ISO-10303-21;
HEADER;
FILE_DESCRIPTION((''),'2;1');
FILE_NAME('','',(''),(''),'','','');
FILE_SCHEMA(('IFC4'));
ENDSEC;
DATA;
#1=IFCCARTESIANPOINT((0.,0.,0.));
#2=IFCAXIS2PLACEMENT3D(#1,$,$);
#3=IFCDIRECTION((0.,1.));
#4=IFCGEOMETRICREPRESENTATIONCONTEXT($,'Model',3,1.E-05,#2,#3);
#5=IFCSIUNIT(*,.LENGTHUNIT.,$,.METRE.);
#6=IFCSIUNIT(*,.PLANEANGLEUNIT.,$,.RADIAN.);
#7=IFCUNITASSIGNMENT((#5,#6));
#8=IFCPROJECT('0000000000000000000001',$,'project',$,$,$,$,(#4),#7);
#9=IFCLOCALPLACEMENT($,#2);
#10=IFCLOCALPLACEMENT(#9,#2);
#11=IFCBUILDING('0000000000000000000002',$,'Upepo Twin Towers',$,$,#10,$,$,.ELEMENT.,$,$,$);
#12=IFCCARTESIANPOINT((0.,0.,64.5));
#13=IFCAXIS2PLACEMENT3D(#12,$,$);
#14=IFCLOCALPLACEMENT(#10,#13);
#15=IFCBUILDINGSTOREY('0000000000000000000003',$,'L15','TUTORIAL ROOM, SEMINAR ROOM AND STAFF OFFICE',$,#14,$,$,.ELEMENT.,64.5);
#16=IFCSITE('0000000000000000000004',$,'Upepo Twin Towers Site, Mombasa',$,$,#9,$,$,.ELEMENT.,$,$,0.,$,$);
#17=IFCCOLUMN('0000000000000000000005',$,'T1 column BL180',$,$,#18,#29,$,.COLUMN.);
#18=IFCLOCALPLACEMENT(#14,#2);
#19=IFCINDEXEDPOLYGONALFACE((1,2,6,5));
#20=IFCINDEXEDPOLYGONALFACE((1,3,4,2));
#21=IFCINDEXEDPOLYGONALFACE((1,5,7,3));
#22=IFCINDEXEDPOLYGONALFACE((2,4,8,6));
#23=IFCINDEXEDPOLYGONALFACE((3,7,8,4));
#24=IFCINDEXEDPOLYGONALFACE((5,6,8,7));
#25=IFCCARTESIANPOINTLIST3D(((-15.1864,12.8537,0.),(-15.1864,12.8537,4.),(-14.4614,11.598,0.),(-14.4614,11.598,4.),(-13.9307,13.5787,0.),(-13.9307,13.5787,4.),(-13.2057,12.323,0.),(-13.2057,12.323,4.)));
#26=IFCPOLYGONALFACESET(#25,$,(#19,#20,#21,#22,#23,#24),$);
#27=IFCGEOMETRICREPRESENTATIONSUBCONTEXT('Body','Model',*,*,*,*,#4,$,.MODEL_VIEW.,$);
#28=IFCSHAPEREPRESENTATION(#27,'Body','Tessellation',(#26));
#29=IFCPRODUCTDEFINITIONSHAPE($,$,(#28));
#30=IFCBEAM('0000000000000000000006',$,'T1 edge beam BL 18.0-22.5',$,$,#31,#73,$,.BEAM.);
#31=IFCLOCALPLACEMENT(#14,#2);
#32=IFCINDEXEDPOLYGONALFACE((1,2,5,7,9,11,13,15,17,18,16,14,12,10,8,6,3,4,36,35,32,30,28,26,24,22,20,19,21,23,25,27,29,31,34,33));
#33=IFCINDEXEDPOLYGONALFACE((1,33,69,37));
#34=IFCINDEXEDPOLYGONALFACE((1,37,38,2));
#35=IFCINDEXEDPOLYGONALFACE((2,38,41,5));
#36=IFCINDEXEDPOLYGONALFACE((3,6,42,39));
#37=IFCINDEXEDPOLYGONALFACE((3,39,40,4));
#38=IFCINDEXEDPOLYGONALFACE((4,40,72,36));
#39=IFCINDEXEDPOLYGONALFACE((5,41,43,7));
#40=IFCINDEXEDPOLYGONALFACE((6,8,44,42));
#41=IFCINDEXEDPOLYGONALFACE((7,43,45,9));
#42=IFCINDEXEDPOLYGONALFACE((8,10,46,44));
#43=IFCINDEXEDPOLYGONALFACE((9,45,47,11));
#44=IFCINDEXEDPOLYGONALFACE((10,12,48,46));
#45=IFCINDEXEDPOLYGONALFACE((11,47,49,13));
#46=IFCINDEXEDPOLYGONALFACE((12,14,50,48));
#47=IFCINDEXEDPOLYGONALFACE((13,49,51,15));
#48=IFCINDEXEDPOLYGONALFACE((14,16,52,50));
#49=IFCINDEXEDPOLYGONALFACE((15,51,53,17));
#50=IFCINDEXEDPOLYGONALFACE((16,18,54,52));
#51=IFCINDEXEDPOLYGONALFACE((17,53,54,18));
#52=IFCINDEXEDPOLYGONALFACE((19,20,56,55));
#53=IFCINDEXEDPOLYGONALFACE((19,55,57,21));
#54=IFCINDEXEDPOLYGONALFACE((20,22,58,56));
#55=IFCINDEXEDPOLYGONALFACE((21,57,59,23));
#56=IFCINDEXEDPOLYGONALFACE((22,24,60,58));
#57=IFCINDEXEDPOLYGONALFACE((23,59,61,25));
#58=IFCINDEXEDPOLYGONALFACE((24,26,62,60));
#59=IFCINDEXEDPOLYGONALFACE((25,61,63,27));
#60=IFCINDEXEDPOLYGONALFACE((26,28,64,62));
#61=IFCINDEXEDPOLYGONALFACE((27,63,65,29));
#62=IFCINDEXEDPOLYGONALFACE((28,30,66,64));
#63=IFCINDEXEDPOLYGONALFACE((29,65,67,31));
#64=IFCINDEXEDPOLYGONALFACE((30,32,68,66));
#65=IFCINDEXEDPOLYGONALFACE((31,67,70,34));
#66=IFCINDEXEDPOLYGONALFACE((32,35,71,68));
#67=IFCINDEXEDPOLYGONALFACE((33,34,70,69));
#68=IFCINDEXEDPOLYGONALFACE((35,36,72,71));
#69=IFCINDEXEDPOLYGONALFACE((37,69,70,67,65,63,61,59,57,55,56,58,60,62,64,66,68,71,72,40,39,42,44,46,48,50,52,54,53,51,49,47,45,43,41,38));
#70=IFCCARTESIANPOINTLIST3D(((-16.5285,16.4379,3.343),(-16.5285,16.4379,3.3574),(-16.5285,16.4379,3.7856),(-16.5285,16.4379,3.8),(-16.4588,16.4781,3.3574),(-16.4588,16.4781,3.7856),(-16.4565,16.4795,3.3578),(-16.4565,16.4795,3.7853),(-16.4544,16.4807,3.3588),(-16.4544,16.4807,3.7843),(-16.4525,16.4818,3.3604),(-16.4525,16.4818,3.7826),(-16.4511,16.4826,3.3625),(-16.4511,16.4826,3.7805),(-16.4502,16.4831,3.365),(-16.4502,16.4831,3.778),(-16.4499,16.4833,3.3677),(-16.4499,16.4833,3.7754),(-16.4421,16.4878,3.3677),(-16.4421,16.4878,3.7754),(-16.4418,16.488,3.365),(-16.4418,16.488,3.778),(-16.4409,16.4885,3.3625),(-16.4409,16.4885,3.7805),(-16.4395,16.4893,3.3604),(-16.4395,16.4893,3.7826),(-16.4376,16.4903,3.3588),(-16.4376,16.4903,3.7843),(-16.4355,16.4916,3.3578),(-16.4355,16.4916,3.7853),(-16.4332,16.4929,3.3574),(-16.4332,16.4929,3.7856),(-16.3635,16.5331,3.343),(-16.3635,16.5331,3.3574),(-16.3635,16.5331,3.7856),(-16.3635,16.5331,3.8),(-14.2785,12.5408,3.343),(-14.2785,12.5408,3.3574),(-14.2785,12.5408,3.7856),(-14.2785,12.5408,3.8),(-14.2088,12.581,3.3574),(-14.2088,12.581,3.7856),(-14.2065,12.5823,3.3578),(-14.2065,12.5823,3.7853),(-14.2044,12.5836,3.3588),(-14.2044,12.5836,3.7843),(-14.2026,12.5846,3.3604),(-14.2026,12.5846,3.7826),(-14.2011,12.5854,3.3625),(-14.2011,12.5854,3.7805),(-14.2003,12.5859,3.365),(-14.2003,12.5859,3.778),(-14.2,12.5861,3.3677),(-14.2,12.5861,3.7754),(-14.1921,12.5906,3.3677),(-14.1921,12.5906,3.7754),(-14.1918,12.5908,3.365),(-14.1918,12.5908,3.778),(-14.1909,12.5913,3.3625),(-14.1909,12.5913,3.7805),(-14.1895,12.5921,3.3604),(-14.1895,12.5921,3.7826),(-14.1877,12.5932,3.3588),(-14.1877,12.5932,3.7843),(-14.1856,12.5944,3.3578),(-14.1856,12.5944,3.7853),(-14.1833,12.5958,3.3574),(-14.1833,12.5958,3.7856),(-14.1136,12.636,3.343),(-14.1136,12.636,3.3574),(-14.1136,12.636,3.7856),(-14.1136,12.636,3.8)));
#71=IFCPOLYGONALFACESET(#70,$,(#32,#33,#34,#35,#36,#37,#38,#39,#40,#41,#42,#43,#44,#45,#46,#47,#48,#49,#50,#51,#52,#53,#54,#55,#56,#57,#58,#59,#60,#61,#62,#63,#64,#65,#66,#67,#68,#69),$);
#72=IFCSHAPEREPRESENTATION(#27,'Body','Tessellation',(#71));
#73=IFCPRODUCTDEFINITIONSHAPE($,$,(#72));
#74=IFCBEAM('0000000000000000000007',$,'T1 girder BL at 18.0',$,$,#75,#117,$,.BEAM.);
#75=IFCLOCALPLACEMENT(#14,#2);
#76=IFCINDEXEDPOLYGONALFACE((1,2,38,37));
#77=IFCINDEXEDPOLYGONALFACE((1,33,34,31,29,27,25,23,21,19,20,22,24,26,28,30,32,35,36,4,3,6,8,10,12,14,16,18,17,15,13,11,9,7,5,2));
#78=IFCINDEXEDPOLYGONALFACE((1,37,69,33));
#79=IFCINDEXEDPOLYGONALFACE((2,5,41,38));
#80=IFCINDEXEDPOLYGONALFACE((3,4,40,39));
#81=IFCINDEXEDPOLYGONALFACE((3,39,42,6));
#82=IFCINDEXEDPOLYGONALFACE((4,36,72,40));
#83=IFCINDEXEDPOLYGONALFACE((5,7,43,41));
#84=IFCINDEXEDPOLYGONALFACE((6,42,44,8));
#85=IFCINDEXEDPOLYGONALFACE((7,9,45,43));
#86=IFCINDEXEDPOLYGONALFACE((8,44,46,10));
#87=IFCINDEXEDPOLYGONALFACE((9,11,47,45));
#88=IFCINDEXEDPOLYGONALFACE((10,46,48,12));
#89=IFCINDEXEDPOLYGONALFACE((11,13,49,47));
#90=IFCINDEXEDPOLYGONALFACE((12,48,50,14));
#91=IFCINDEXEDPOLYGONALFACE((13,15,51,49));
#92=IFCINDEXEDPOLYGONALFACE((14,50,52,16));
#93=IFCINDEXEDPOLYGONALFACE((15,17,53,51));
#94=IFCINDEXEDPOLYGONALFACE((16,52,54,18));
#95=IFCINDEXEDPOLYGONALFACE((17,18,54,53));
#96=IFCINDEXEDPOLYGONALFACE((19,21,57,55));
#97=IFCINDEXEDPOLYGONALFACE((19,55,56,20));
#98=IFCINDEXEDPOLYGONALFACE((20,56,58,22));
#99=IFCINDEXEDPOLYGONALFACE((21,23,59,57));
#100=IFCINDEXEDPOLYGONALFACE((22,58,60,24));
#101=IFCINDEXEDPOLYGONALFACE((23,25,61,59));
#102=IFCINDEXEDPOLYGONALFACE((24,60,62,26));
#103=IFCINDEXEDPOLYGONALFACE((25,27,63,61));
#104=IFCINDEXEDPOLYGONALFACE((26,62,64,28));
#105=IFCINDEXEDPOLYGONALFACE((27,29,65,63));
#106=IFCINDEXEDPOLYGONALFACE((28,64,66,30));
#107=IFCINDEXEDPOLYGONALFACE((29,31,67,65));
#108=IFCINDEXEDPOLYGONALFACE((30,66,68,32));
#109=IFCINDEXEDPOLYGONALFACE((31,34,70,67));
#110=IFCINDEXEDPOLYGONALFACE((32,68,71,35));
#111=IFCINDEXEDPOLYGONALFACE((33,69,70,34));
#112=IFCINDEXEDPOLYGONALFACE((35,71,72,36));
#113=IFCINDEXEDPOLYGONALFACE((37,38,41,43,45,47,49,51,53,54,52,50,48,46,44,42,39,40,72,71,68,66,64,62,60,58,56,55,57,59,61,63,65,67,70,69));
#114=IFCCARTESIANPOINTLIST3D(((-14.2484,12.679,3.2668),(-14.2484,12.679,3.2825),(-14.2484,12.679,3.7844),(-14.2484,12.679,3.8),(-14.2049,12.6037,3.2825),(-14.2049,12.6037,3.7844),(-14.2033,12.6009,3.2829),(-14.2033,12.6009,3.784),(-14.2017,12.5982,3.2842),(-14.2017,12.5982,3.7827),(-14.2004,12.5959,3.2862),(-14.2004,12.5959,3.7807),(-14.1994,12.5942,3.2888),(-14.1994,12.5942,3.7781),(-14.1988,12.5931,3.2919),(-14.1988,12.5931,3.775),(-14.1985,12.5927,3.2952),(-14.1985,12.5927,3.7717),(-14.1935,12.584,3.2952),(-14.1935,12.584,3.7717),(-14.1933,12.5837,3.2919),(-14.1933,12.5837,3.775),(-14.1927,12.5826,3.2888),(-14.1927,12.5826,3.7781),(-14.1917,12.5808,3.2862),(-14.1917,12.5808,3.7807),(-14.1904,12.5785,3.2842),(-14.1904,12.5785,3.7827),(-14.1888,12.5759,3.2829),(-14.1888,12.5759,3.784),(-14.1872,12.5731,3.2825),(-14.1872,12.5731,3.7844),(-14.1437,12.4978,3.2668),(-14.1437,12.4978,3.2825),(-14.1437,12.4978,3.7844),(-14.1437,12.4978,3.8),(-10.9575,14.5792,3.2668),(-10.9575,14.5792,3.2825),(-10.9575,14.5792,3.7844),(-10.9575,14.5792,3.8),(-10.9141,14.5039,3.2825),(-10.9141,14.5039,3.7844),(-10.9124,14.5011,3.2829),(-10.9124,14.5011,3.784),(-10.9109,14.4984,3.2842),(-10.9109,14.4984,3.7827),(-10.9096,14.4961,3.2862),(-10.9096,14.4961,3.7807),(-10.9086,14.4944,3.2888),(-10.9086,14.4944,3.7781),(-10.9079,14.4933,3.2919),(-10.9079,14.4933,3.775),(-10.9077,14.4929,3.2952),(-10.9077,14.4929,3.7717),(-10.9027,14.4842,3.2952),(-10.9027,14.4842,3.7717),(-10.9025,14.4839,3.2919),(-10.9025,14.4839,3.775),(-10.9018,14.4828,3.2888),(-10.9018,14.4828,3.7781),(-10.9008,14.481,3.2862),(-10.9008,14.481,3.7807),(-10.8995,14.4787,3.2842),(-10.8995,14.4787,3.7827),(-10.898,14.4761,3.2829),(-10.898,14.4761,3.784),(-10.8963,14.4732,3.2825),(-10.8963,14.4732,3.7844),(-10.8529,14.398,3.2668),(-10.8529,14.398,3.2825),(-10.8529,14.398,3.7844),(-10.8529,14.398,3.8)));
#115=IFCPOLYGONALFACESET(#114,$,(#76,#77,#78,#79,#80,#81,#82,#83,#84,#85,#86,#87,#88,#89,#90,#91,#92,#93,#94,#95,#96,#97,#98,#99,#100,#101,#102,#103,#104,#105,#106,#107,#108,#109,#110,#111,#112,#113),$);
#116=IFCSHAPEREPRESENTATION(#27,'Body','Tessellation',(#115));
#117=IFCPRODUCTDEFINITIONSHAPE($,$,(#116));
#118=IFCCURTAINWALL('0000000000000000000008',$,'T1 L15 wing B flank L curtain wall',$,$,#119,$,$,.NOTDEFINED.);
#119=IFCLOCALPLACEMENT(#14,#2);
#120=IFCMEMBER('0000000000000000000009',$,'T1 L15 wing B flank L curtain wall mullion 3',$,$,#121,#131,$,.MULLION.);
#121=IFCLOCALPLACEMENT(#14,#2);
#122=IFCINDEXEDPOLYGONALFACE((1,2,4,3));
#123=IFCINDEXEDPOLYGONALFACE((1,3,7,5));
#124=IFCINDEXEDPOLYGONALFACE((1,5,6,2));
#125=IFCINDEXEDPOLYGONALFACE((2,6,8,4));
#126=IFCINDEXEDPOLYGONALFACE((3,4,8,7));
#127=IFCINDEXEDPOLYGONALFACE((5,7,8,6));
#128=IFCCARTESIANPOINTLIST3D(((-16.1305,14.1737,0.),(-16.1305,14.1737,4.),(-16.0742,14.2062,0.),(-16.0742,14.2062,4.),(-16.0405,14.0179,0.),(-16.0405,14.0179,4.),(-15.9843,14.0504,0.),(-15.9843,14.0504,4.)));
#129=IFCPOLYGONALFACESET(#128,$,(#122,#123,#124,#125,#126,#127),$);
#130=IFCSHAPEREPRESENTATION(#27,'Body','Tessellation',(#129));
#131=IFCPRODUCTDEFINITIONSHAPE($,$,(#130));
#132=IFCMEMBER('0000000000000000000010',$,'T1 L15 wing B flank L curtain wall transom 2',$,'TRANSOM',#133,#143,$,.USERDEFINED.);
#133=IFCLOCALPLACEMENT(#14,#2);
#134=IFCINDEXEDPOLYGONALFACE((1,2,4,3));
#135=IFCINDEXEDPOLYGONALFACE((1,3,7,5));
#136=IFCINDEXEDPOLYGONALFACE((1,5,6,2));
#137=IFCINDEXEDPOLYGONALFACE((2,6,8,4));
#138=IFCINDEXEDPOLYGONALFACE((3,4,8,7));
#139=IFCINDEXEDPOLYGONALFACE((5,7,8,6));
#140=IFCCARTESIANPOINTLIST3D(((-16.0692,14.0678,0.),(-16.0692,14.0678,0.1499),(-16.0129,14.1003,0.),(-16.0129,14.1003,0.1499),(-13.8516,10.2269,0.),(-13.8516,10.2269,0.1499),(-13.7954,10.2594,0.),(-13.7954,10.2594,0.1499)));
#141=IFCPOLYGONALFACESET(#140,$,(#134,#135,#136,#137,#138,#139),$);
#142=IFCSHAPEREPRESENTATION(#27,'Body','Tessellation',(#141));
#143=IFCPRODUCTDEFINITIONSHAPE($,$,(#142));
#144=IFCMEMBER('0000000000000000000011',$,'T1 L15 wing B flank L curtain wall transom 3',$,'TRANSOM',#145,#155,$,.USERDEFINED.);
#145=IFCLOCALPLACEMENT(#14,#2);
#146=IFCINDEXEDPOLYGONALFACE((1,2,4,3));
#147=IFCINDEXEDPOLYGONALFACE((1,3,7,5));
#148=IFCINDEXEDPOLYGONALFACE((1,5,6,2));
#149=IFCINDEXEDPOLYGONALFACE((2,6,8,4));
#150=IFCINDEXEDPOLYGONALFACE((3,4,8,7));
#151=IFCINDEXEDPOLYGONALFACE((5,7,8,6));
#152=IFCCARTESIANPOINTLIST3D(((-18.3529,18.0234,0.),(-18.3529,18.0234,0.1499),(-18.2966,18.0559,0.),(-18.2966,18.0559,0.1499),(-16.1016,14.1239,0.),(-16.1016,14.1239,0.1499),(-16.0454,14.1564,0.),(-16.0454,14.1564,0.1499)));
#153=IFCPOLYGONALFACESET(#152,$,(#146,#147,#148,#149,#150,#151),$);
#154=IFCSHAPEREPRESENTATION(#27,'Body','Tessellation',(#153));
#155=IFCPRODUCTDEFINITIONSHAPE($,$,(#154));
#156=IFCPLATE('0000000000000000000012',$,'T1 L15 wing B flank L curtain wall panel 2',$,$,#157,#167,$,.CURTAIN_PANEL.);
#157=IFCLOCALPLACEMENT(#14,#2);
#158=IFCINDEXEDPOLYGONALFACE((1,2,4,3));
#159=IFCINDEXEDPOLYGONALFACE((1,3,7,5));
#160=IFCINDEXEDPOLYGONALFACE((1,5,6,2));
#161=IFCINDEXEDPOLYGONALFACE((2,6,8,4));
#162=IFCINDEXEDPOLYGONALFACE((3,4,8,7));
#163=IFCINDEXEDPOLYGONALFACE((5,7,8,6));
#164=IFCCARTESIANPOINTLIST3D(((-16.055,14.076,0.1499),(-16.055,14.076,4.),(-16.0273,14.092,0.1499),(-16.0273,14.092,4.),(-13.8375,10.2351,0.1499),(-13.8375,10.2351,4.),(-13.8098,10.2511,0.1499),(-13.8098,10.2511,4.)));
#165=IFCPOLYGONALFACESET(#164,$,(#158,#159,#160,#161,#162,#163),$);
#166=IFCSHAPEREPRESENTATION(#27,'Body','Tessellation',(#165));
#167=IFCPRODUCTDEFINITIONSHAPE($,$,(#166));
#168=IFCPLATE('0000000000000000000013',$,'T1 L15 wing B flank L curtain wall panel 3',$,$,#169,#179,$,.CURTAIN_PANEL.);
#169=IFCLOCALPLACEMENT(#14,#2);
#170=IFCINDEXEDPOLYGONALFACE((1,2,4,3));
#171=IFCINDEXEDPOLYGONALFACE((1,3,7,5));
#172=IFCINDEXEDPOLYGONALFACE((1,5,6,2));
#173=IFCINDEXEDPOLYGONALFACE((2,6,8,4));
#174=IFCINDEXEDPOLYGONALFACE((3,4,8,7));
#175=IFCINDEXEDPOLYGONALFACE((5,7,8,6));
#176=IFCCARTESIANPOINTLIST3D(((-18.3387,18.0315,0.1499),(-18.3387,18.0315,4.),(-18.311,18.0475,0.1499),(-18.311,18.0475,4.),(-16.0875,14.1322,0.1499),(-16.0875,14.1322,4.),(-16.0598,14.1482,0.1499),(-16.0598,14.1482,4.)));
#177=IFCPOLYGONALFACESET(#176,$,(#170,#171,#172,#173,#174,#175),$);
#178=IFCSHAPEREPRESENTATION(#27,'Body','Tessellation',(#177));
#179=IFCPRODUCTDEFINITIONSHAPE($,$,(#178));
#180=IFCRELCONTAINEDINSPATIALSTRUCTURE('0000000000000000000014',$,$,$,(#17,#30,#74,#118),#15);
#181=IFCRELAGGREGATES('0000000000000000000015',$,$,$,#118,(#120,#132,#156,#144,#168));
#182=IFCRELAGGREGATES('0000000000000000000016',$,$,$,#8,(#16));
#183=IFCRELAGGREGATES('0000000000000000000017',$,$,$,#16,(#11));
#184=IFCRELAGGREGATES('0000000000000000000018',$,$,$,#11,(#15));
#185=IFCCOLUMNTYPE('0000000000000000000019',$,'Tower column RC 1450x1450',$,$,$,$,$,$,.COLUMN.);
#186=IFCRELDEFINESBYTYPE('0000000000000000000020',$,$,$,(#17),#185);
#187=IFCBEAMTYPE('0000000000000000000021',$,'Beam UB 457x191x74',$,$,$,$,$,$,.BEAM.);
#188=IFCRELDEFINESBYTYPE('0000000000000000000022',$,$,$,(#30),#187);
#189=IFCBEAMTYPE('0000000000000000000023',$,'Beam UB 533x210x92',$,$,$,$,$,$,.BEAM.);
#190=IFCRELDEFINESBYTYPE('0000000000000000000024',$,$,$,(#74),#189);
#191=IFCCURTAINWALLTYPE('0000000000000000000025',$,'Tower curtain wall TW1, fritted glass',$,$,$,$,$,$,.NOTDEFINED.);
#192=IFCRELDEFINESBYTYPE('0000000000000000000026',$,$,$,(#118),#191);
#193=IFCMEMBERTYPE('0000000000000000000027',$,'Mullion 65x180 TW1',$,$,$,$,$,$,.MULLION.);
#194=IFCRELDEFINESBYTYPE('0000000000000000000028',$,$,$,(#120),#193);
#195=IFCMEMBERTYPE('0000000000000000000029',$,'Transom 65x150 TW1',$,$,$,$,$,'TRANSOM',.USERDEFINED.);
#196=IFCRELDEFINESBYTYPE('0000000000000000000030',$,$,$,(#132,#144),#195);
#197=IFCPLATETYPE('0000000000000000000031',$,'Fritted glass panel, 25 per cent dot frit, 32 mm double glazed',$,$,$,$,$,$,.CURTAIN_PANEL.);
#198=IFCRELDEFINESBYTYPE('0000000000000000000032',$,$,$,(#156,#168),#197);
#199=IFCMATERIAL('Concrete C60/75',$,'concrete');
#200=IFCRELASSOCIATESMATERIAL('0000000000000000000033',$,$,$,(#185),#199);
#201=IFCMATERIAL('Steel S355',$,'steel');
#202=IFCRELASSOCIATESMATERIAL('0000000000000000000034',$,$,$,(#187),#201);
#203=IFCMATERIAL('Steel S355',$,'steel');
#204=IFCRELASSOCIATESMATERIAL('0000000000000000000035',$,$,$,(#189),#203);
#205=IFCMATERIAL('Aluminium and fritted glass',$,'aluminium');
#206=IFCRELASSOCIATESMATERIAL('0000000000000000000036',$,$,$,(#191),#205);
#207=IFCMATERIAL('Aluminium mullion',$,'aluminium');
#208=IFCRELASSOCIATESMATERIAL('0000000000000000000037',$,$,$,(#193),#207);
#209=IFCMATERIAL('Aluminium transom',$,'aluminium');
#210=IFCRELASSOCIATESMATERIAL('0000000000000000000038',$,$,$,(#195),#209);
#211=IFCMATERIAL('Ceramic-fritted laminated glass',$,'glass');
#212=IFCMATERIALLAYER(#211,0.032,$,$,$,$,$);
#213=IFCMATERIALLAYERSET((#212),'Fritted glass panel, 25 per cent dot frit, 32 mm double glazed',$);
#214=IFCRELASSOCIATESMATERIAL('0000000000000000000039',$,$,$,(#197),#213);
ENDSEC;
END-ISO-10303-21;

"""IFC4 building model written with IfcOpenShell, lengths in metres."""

from ifc_helpers import new_model, si_unit, direction, frame, origin, origin_2d, place, context, subcontext, project, spatial, rectangle, i_section, extrude, material, layer, layer_set, material_profile, profile_set, type_object, element, aggregate, save


model = new_model("IFC4")

# Units and contexts
model_context = context("Model", 3, precision=1e-05, world=origin(), true_north=direction((0.0, 1.0)))
body_context = subcontext(model_context, "Body", "Model", "MODEL_VIEW")
ifc_project = project(units=[si_unit("LENGTHUNIT", "METRE"), si_unit("PLANEANGLEUNIT", "RADIAN")], contexts=[model_context])

# Site, building, storey
site_placement = place(None, origin())
site = spatial("IfcSite", under=ifc_project, at=site_placement, Name="Upepo Twin Towers Site, Mombasa", CompositionType="ELEMENT", RefElevation=0.0)
building_placement = place(site_placement, origin())
building = spatial("IfcBuilding", under=site, at=building_placement, Name="Upepo Twin Towers", CompositionType="ELEMENT")
storey_placement = place(building_placement, frame((0.0, 0.0, 64.5)))
storey = spatial("IfcBuildingStorey", under=building, at=storey_placement, Name="L15", Description="TUTORIAL ROOM, SEMINAR ROOM AND STAFF OFFICE", CompositionType="ELEMENT", Elevation=64.5)

# Column
ifc_material_1 = material(Name="Concrete C60/75", Category="concrete")
ifc_material_profile_1 = material_profile(ifc_material_1, rectangle(XDim=1.45, YDim=1.45, at=origin_2d()), Name="RC 1450x1450")
ifc_profile_set_1 = profile_set([ifc_material_profile_1], Name="Concrete C60/75")
column_type = type_object("IfcColumnType", Name="Tower column RC 1450x1450", PredefinedType="COLUMN", material=ifc_profile_set_1)
column_placement = place(storey_placement, frame((-14.196, 12.5884, 0.0), z_axis=(0.0, 0.0, 1.0), x_axis=(0.866025, 0.5, 0.0)))
element("IfcColumn", 1, at=column_placement, inside=storey, type_object=column_type, Name="T1 column BL180", PredefinedType="COLUMN", context=body_context, shape_type="SweptSolid", body=[
    extrude(rectangle(XDim=1.45, YDim=1.45, at=origin_2d()), origin(), (0.0, 0.0, 1.0), 4.0),
])

# Beams
ifc_material_2 = material(Name="Steel S355", Category="steel")
ifc_material_profile_2 = material_profile(ifc_material_2, i_section(OverallWidth=0.1904, OverallDepth=0.457, WebThickness=0.009, FlangeThickness=0.0144, FilletRadius=0.0103, at=origin_2d()), Name="UB 457x191x74")
ifc_profile_set_2 = profile_set([ifc_material_profile_2], Name="Steel S355")
beam_type_1 = type_object("IfcBeamType", Name="Beam UB 457x191x74", PredefinedType="BEAM", material=ifc_profile_set_2)
beam_1_placement = place(storey_placement, frame((-14.196, 12.5884, 3.5715), z_axis=(-0.49999, 0.866031, 0.0), x_axis=(-0.866031, -0.49999, 0.0)))
element("IfcBeam", 2, at=beam_1_placement, inside=storey, type_object=beam_type_1, Name="T1 edge beam BL 18.0-22.5", PredefinedType="BEAM", context=body_context, shape_type="SweptSolid", body=[
    extrude(i_section(OverallWidth=0.1904, OverallDepth=0.457, WebThickness=0.009, FlangeThickness=0.0144, FilletRadius=0.0103, at=origin_2d()), origin(), (0.0, 0.0, 1.0), 4.5),
])
ifc_material_3 = material(Name="Steel S355", Category="steel")
ifc_material_profile_3 = material_profile(ifc_material_3, i_section(OverallWidth=0.2092, OverallDepth=0.5332, WebThickness=0.01, FlangeThickness=0.0156, FilletRadius=0.0127, at=origin_2d()), Name="UB 533x210x92")
ifc_profile_set_3 = profile_set([ifc_material_profile_3], Name="Steel S355")
beam_type_2 = type_object("IfcBeamType", Name="Beam UB 533x210x92", PredefinedType="BEAM", material=ifc_profile_set_3)
beam_2_placement = place(storey_placement, frame((-14.196, 12.5884, 3.5334), z_axis=(0.866, 0.500043, 0.0), x_axis=(-0.500043, 0.866, 0.0)))
element("IfcBeam", 3, at=beam_2_placement, inside=storey, type_object=beam_type_2, Name="T1 girder BL at 18.0", PredefinedType="BEAM", context=body_context, shape_type="SweptSolid", body=[
    extrude(i_section(OverallWidth=0.2092, OverallDepth=0.5332, WebThickness=0.01, FlangeThickness=0.0156, FilletRadius=0.0127, at=origin_2d()), origin(), (0.0, 0.0, 1.0), 3.8),
])

# Curtain wall, members, plates
ifc_material_4 = material(Name="Aluminium and fritted glass", Category="aluminium")
curtain_wall_type = type_object("IfcCurtainWallType", Name="Tower curtain wall TW1, fritted glass", PredefinedType="NOTDEFINED", material=ifc_material_4)
curtain_wall_placement = place(storey_placement, origin())
curtain_wall = element("IfcCurtainWall", 4, at=curtain_wall_placement, inside=storey, type_object=curtain_wall_type, Name="T1 L15 wing B flank L curtain wall", PredefinedType="NOTDEFINED")
ifc_material_5 = material(Name="Aluminium mullion", Category="aluminium")
ifc_material_profile_4 = material_profile(ifc_material_5, rectangle(XDim=0.0649, YDim=0.1799, at=origin_2d()), Name="MULLION 65x180")
ifc_profile_set_4 = profile_set([ifc_material_profile_4], Name="Aluminium mullion")
member_type_1 = type_object("IfcMemberType", Name="Mullion 65x180 TW1", PredefinedType="MULLION", material=ifc_profile_set_4)
member_1_placement = place(storey_placement, frame((-16.0574, 14.1121, 0.0), z_axis=(0.0, 0.0, 1.0), x_axis=(-0.866025, -0.5, 0.0)))
member_1 = element("IfcMember", 5, at=member_1_placement, type_object=member_type_1, Name="T1 L15 wing B flank L curtain wall mullion 3", PredefinedType="MULLION", context=body_context, shape_type="SweptSolid", body=[
    extrude(rectangle(XDim=0.0649, YDim=0.1799, at=origin_2d()), origin(), (0.0, 0.0, 1.0), 4.0),
])
ifc_material_6 = material(Name="Aluminium transom", Category="aluminium")
ifc_material_profile_5 = material_profile(ifc_material_6, rectangle(XDim=0.0649, YDim=0.1499, at=origin_2d()), Name="TRANSOM 65x150")
ifc_profile_set_5 = profile_set([ifc_material_profile_5], Name="Aluminium transom")
member_type_2 = type_object("IfcMemberType", Name="Transom 65x150 TW1", ElementType="TRANSOM", PredefinedType="USERDEFINED", material=ifc_profile_set_5)
member_2_placement = place(storey_placement, frame((-13.8235, 10.2432, 0.075), z_axis=(-0.500005, 0.866022, 0.0), x_axis=(-0.866022, -0.500005, 0.0)))
member_2 = element("IfcMember", 6, at=member_2_placement, type_object=member_type_2, Name="T1 L15 wing B flank L curtain wall transom 2", ObjectType="TRANSOM", PredefinedType="USERDEFINED", context=body_context, shape_type="SweptSolid", body=[
    extrude(rectangle(XDim=0.0649, YDim=0.1499, at=origin_2d()), origin(), (0.0, 0.0, 1.0), 4.4351),
])
member_3_placement = place(storey_placement, frame((-16.0735, 14.1401, 0.075), z_axis=(-0.499982, 0.866036, 0.0), x_axis=(-0.866036, -0.499982, 0.0)))
member_3 = element("IfcMember", 7, at=member_3_placement, type_object=member_type_2, Name="T1 L15 wing B flank L curtain wall transom 3", ObjectType="TRANSOM", PredefinedType="USERDEFINED", context=body_context, shape_type="SweptSolid", body=[
    extrude(rectangle(XDim=0.0649, YDim=0.1499, at=origin_2d()), origin(), (0.0, 0.0, 1.0), 4.5027),
])
ifc_material_7 = material(Name="Ceramic-fritted laminated glass", Category="glass")
ifc_layer_1 = layer(ifc_material_7, 0.032)
ifc_layer_set_1 = layer_set([ifc_layer_1], Name="Fritted glass panel, 25 per cent dot frit, 32 mm double glazed")
plate_type = type_object("IfcPlateType", Name="Fritted glass panel, 25 per cent dot frit, 32 mm double glazed", PredefinedType="CURTAIN_PANEL", material=ifc_layer_set_1)
plate_1_placement = place(storey_placement, frame((-14.9324, 12.1636, 0.1499), z_axis=(0.0, 0.0, 1.0), x_axis=(-0.5, 0.866025, 0.0)))
plate_1 = element("IfcPlate", 8, at=plate_1_placement, type_object=plate_type, Name="T1 L15 wing B flank L curtain wall panel 2", PredefinedType="CURTAIN_PANEL", context=body_context, shape_type="SweptSolid", body=[
    extrude(rectangle(XDim=4.4351, YDim=0.032, at=origin_2d()), origin(), (0.0, 0.0, 1.0), 3.8501),
])
plate_2_placement = place(storey_placement, frame((-17.1992, 16.0898, 0.1499), z_axis=(0.0, 0.0, 1.0), x_axis=(-0.5, 0.866025, 0.0)))
plate_2 = element("IfcPlate", 9, at=plate_2_placement, type_object=plate_type, Name="T1 L15 wing B flank L curtain wall panel 3", PredefinedType="CURTAIN_PANEL", context=body_context, shape_type="SweptSolid", body=[
    extrude(rectangle(XDim=4.5024, YDim=0.032, at=origin_2d()), origin(), (0.0, 0.0, 1.0), 3.8501),
])
aggregate(curtain_wall, [member_1, member_2, plate_1, member_3, plate_2])

save(model, "model.ifc")
